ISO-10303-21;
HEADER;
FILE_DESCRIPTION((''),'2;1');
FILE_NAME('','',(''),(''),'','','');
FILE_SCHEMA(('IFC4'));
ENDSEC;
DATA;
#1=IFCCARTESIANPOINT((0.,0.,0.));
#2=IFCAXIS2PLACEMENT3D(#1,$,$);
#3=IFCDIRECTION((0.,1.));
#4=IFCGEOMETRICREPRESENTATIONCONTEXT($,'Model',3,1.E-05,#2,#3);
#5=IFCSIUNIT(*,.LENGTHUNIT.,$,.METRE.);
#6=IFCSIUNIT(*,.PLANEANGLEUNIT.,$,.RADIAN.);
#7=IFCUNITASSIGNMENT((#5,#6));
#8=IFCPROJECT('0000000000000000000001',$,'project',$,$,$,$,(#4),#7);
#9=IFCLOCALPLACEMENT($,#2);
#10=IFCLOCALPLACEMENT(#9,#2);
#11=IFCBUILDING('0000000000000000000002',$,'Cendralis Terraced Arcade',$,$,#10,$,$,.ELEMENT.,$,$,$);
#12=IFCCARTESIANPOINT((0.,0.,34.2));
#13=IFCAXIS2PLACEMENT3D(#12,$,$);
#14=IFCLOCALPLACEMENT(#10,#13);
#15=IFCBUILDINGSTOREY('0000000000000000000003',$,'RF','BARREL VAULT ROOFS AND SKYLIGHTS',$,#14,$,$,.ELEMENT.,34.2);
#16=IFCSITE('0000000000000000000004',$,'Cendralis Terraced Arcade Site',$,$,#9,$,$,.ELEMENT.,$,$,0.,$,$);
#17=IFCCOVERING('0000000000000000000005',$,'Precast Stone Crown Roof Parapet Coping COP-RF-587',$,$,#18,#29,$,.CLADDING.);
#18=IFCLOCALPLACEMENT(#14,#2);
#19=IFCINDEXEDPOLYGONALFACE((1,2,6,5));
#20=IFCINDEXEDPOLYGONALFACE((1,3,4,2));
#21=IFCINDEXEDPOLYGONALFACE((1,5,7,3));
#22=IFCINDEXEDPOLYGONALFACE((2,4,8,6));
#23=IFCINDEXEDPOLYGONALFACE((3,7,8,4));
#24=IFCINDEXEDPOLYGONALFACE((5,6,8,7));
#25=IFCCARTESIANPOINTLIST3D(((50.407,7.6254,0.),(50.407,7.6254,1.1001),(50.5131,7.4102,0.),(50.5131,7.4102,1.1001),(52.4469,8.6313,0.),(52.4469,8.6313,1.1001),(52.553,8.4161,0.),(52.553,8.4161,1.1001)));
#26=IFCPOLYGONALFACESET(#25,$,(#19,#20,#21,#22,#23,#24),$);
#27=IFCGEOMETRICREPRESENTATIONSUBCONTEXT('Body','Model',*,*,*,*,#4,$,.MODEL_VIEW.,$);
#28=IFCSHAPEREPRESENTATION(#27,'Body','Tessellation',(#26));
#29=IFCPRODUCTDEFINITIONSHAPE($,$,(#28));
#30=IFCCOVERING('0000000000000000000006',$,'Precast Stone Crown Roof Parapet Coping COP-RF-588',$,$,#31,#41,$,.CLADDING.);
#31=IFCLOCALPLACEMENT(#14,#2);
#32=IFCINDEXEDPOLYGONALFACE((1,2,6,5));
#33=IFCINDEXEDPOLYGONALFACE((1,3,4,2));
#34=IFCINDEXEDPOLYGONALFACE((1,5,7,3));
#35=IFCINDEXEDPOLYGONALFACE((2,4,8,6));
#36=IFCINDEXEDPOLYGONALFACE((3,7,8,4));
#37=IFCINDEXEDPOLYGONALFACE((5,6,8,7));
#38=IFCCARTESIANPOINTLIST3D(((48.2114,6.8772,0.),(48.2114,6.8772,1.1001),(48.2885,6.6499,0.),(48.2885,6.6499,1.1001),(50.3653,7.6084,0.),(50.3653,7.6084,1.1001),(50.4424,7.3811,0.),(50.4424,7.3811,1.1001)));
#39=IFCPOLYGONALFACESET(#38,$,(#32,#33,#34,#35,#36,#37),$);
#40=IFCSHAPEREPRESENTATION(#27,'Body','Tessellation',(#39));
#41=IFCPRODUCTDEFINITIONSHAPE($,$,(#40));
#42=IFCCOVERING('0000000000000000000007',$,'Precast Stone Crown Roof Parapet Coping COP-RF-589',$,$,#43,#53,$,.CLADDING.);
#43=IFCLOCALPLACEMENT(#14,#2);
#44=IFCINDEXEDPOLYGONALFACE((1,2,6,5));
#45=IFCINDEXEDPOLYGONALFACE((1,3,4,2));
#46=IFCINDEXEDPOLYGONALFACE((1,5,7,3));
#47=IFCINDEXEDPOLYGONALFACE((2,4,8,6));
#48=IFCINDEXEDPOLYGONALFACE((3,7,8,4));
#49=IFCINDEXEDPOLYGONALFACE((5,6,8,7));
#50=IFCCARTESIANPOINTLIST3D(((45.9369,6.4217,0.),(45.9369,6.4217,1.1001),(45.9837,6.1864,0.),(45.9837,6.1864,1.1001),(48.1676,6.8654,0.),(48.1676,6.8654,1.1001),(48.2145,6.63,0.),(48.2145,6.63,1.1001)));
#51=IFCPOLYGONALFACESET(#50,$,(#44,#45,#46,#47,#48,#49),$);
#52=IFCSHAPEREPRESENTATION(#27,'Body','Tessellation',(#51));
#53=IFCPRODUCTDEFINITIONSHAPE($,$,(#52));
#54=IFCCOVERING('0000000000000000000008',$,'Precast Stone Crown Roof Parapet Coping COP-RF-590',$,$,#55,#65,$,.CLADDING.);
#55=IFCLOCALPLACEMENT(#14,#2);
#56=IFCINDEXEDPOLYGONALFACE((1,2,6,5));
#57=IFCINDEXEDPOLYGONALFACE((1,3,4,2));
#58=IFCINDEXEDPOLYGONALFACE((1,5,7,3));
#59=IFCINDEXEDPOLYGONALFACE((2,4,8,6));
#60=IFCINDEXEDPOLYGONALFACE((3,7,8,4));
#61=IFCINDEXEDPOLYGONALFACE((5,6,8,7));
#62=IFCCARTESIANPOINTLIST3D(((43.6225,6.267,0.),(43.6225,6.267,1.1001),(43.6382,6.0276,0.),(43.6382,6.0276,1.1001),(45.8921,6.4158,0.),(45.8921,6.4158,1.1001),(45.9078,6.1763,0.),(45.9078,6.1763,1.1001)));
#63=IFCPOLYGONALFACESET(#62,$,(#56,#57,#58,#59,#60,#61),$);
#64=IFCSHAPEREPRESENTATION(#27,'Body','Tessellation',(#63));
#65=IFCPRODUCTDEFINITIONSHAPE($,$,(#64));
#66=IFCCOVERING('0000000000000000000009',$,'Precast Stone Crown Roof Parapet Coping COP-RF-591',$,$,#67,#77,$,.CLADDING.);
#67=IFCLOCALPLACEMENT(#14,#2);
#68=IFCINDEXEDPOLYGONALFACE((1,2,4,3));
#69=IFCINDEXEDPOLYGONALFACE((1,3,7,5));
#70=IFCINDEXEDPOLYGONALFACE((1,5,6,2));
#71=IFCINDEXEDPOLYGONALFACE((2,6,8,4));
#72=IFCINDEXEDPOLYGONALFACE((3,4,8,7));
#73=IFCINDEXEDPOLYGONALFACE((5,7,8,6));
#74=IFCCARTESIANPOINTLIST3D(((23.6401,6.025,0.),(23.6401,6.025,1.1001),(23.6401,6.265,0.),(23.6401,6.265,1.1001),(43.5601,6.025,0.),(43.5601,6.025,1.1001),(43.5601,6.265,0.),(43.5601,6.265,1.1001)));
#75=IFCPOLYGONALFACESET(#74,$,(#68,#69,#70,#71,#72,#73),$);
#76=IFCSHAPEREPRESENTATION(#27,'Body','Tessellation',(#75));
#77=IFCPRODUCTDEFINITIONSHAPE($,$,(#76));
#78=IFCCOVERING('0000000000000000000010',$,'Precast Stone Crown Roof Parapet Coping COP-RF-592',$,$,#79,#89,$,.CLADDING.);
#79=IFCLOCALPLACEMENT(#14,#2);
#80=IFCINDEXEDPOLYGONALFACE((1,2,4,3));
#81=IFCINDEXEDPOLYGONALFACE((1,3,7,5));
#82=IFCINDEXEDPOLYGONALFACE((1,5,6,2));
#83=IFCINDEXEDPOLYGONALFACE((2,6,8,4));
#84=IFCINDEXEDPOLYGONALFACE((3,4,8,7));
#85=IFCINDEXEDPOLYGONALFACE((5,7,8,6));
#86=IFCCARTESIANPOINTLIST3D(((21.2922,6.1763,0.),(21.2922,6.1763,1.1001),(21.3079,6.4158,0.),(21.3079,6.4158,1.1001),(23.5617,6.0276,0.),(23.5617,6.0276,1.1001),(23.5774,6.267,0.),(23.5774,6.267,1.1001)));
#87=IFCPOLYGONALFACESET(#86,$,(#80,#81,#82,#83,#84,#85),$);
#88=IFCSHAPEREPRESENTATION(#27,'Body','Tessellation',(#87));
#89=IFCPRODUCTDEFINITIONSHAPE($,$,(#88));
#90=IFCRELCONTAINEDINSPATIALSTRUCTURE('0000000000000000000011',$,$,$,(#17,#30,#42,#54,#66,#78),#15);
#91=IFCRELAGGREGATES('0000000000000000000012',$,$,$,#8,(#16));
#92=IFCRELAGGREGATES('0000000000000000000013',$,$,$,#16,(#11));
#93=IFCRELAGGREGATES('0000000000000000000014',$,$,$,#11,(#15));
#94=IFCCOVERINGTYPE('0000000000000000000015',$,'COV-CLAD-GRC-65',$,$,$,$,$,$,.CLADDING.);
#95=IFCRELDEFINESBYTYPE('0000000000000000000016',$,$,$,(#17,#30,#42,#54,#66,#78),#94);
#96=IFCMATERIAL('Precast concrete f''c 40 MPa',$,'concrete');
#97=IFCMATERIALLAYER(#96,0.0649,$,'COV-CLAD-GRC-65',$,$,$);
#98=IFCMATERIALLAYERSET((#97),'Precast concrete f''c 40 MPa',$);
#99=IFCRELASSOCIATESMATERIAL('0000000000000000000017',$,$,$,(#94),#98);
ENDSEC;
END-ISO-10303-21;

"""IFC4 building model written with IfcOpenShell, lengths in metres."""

from ifc_helpers import new_model, si_unit, direction, frame, origin, origin_2d, place, context, subcontext, project, spatial, rectangle, extrude, material, layer, layer_set, type_object, element, save


model = new_model("IFC4")

# Units and contexts
model_context = context("Model", 3, precision=1e-05, world=origin(), true_north=direction((0.0, 1.0)))
body_context = subcontext(model_context, "Body", "Model", "MODEL_VIEW")
ifc_project = project(units=[si_unit("LENGTHUNIT", "METRE"), si_unit("PLANEANGLEUNIT", "RADIAN")], contexts=[model_context])

# Site, building, storey
site_placement = place(None, origin())
site = spatial("IfcSite", under=ifc_project, at=site_placement, Name="Cendralis Terraced Arcade Site", CompositionType="ELEMENT", RefElevation=0.0)
building_placement = place(site_placement, origin())
building = spatial("IfcBuilding", under=site, at=building_placement, Name="Cendralis Terraced Arcade", CompositionType="ELEMENT")
storey_placement = place(building_placement, frame((0.0, 0.0, 34.2)))
storey = spatial("IfcBuildingStorey", under=building, at=storey_placement, Name="RF", Description="BARREL VAULT ROOFS AND SKYLIGHTS", CompositionType="ELEMENT", Elevation=34.2)

# Coverings
ifc_material_1 = material(Name="Precast concrete f'c 40 MPa", Category="concrete")
ifc_layer = layer(ifc_material_1, 0.0649, Name="COV-CLAD-GRC-65")
ifc_layer_set = layer_set([ifc_layer], Name="Precast concrete f'c 40 MPa")
covering_type = type_object("IfcCoveringType", Name="COV-CLAD-GRC-65", PredefinedType="CLADDING", material=ifc_layer_set)
for number, where, z_axis, x_axis, name in (
    (1, (51.48, 8.0208, 0.0), (0.0, 0.0, 1.0), (-0.896888, -0.442257, 0.0), "Precast Stone Crown Roof Parapet Coping COP-RF-587"),
):
    element("IfcCovering", number, at=place(storey_placement, frame(where, z_axis=z_axis, x_axis=x_axis)), inside=storey, type_object=covering_type, Name=name, PredefinedType="CLADDING", context=body_context, shape_type="SweptSolid", body=[
        extrude(rectangle(XDim=2.2744, YDim=0.24, at=origin_2d()), origin(), (0.0, 0.0, 1.0), 1.1001),
    ])
covering_1_placement = place(storey_placement, frame((49.3269, 7.1292, 0.0), z_axis=(0.0, 0.0, 1.0), x_axis=(-0.946925, -0.321456, 0.0)))
element("IfcCovering", 2, at=covering_1_placement, inside=storey, type_object=covering_type, Name="Precast Stone Crown Roof Parapet Coping COP-RF-588", PredefinedType="CLADDING", context=body_context, shape_type="SweptSolid", body=[
    extrude(rectangle(XDim=2.2747, YDim=0.24, at=origin_2d()), origin(), (0.0, 0.0, 1.0), 1.1001),
])
for number, where, z_axis, x_axis, name in (
    (3, (47.0757, 6.5259, 0.0), (0.0, 0.0, 1.0), (-0.980789, -0.195073, 0.0), "Precast Stone Crown Roof Parapet Coping COP-RF-589"),
    (4, (44.7651, 6.2217, 0.0), (0.0, 0.0, 1.0), (-0.997859, -0.065403, 0.0), "Precast Stone Crown Roof Parapet Coping COP-RF-590"),
):
    element("IfcCovering", number, at=place(storey_placement, frame(where, z_axis=z_axis, x_axis=x_axis)), inside=storey, type_object=covering_type, Name=name, PredefinedType="CLADDING", context=body_context, shape_type="SweptSolid", body=[
        extrude(rectangle(XDim=2.2744, YDim=0.24, at=origin_2d()), origin(), (0.0, 0.0, 1.0), 1.1001),
    ])
covering_2_placement = place(storey_placement, frame((33.6001, 6.145, 0.0), z_axis=(0.0, 0.0, 1.0), x_axis=(-1.0, 0.0, 0.0)))
element("IfcCovering", 5, at=covering_2_placement, inside=storey, type_object=covering_type, Name="Precast Stone Crown Roof Parapet Coping COP-RF-591", PredefinedType="CLADDING", context=body_context, shape_type="SweptSolid", body=[
    extrude(rectangle(XDim=19.9199, YDim=0.24, at=origin_2d()), origin(), (0.0, 0.0, 1.0), 1.1001),
])
covering_3_placement = place(storey_placement, frame((22.4348, 6.2217, 0.0), z_axis=(0.0, 0.0, 1.0), x_axis=(-0.997859, 0.065403, 0.0)))
element("IfcCovering", 6, at=covering_3_placement, inside=storey, type_object=covering_type, Name="Precast Stone Crown Roof Parapet Coping COP-RF-592", PredefinedType="CLADDING", context=body_context, shape_type="SweptSolid", body=[
    extrude(rectangle(XDim=2.2744, YDim=0.24, at=origin_2d()), origin(), (0.0, 0.0, 1.0), 1.1001),
])

save(model, "model.ifc")
